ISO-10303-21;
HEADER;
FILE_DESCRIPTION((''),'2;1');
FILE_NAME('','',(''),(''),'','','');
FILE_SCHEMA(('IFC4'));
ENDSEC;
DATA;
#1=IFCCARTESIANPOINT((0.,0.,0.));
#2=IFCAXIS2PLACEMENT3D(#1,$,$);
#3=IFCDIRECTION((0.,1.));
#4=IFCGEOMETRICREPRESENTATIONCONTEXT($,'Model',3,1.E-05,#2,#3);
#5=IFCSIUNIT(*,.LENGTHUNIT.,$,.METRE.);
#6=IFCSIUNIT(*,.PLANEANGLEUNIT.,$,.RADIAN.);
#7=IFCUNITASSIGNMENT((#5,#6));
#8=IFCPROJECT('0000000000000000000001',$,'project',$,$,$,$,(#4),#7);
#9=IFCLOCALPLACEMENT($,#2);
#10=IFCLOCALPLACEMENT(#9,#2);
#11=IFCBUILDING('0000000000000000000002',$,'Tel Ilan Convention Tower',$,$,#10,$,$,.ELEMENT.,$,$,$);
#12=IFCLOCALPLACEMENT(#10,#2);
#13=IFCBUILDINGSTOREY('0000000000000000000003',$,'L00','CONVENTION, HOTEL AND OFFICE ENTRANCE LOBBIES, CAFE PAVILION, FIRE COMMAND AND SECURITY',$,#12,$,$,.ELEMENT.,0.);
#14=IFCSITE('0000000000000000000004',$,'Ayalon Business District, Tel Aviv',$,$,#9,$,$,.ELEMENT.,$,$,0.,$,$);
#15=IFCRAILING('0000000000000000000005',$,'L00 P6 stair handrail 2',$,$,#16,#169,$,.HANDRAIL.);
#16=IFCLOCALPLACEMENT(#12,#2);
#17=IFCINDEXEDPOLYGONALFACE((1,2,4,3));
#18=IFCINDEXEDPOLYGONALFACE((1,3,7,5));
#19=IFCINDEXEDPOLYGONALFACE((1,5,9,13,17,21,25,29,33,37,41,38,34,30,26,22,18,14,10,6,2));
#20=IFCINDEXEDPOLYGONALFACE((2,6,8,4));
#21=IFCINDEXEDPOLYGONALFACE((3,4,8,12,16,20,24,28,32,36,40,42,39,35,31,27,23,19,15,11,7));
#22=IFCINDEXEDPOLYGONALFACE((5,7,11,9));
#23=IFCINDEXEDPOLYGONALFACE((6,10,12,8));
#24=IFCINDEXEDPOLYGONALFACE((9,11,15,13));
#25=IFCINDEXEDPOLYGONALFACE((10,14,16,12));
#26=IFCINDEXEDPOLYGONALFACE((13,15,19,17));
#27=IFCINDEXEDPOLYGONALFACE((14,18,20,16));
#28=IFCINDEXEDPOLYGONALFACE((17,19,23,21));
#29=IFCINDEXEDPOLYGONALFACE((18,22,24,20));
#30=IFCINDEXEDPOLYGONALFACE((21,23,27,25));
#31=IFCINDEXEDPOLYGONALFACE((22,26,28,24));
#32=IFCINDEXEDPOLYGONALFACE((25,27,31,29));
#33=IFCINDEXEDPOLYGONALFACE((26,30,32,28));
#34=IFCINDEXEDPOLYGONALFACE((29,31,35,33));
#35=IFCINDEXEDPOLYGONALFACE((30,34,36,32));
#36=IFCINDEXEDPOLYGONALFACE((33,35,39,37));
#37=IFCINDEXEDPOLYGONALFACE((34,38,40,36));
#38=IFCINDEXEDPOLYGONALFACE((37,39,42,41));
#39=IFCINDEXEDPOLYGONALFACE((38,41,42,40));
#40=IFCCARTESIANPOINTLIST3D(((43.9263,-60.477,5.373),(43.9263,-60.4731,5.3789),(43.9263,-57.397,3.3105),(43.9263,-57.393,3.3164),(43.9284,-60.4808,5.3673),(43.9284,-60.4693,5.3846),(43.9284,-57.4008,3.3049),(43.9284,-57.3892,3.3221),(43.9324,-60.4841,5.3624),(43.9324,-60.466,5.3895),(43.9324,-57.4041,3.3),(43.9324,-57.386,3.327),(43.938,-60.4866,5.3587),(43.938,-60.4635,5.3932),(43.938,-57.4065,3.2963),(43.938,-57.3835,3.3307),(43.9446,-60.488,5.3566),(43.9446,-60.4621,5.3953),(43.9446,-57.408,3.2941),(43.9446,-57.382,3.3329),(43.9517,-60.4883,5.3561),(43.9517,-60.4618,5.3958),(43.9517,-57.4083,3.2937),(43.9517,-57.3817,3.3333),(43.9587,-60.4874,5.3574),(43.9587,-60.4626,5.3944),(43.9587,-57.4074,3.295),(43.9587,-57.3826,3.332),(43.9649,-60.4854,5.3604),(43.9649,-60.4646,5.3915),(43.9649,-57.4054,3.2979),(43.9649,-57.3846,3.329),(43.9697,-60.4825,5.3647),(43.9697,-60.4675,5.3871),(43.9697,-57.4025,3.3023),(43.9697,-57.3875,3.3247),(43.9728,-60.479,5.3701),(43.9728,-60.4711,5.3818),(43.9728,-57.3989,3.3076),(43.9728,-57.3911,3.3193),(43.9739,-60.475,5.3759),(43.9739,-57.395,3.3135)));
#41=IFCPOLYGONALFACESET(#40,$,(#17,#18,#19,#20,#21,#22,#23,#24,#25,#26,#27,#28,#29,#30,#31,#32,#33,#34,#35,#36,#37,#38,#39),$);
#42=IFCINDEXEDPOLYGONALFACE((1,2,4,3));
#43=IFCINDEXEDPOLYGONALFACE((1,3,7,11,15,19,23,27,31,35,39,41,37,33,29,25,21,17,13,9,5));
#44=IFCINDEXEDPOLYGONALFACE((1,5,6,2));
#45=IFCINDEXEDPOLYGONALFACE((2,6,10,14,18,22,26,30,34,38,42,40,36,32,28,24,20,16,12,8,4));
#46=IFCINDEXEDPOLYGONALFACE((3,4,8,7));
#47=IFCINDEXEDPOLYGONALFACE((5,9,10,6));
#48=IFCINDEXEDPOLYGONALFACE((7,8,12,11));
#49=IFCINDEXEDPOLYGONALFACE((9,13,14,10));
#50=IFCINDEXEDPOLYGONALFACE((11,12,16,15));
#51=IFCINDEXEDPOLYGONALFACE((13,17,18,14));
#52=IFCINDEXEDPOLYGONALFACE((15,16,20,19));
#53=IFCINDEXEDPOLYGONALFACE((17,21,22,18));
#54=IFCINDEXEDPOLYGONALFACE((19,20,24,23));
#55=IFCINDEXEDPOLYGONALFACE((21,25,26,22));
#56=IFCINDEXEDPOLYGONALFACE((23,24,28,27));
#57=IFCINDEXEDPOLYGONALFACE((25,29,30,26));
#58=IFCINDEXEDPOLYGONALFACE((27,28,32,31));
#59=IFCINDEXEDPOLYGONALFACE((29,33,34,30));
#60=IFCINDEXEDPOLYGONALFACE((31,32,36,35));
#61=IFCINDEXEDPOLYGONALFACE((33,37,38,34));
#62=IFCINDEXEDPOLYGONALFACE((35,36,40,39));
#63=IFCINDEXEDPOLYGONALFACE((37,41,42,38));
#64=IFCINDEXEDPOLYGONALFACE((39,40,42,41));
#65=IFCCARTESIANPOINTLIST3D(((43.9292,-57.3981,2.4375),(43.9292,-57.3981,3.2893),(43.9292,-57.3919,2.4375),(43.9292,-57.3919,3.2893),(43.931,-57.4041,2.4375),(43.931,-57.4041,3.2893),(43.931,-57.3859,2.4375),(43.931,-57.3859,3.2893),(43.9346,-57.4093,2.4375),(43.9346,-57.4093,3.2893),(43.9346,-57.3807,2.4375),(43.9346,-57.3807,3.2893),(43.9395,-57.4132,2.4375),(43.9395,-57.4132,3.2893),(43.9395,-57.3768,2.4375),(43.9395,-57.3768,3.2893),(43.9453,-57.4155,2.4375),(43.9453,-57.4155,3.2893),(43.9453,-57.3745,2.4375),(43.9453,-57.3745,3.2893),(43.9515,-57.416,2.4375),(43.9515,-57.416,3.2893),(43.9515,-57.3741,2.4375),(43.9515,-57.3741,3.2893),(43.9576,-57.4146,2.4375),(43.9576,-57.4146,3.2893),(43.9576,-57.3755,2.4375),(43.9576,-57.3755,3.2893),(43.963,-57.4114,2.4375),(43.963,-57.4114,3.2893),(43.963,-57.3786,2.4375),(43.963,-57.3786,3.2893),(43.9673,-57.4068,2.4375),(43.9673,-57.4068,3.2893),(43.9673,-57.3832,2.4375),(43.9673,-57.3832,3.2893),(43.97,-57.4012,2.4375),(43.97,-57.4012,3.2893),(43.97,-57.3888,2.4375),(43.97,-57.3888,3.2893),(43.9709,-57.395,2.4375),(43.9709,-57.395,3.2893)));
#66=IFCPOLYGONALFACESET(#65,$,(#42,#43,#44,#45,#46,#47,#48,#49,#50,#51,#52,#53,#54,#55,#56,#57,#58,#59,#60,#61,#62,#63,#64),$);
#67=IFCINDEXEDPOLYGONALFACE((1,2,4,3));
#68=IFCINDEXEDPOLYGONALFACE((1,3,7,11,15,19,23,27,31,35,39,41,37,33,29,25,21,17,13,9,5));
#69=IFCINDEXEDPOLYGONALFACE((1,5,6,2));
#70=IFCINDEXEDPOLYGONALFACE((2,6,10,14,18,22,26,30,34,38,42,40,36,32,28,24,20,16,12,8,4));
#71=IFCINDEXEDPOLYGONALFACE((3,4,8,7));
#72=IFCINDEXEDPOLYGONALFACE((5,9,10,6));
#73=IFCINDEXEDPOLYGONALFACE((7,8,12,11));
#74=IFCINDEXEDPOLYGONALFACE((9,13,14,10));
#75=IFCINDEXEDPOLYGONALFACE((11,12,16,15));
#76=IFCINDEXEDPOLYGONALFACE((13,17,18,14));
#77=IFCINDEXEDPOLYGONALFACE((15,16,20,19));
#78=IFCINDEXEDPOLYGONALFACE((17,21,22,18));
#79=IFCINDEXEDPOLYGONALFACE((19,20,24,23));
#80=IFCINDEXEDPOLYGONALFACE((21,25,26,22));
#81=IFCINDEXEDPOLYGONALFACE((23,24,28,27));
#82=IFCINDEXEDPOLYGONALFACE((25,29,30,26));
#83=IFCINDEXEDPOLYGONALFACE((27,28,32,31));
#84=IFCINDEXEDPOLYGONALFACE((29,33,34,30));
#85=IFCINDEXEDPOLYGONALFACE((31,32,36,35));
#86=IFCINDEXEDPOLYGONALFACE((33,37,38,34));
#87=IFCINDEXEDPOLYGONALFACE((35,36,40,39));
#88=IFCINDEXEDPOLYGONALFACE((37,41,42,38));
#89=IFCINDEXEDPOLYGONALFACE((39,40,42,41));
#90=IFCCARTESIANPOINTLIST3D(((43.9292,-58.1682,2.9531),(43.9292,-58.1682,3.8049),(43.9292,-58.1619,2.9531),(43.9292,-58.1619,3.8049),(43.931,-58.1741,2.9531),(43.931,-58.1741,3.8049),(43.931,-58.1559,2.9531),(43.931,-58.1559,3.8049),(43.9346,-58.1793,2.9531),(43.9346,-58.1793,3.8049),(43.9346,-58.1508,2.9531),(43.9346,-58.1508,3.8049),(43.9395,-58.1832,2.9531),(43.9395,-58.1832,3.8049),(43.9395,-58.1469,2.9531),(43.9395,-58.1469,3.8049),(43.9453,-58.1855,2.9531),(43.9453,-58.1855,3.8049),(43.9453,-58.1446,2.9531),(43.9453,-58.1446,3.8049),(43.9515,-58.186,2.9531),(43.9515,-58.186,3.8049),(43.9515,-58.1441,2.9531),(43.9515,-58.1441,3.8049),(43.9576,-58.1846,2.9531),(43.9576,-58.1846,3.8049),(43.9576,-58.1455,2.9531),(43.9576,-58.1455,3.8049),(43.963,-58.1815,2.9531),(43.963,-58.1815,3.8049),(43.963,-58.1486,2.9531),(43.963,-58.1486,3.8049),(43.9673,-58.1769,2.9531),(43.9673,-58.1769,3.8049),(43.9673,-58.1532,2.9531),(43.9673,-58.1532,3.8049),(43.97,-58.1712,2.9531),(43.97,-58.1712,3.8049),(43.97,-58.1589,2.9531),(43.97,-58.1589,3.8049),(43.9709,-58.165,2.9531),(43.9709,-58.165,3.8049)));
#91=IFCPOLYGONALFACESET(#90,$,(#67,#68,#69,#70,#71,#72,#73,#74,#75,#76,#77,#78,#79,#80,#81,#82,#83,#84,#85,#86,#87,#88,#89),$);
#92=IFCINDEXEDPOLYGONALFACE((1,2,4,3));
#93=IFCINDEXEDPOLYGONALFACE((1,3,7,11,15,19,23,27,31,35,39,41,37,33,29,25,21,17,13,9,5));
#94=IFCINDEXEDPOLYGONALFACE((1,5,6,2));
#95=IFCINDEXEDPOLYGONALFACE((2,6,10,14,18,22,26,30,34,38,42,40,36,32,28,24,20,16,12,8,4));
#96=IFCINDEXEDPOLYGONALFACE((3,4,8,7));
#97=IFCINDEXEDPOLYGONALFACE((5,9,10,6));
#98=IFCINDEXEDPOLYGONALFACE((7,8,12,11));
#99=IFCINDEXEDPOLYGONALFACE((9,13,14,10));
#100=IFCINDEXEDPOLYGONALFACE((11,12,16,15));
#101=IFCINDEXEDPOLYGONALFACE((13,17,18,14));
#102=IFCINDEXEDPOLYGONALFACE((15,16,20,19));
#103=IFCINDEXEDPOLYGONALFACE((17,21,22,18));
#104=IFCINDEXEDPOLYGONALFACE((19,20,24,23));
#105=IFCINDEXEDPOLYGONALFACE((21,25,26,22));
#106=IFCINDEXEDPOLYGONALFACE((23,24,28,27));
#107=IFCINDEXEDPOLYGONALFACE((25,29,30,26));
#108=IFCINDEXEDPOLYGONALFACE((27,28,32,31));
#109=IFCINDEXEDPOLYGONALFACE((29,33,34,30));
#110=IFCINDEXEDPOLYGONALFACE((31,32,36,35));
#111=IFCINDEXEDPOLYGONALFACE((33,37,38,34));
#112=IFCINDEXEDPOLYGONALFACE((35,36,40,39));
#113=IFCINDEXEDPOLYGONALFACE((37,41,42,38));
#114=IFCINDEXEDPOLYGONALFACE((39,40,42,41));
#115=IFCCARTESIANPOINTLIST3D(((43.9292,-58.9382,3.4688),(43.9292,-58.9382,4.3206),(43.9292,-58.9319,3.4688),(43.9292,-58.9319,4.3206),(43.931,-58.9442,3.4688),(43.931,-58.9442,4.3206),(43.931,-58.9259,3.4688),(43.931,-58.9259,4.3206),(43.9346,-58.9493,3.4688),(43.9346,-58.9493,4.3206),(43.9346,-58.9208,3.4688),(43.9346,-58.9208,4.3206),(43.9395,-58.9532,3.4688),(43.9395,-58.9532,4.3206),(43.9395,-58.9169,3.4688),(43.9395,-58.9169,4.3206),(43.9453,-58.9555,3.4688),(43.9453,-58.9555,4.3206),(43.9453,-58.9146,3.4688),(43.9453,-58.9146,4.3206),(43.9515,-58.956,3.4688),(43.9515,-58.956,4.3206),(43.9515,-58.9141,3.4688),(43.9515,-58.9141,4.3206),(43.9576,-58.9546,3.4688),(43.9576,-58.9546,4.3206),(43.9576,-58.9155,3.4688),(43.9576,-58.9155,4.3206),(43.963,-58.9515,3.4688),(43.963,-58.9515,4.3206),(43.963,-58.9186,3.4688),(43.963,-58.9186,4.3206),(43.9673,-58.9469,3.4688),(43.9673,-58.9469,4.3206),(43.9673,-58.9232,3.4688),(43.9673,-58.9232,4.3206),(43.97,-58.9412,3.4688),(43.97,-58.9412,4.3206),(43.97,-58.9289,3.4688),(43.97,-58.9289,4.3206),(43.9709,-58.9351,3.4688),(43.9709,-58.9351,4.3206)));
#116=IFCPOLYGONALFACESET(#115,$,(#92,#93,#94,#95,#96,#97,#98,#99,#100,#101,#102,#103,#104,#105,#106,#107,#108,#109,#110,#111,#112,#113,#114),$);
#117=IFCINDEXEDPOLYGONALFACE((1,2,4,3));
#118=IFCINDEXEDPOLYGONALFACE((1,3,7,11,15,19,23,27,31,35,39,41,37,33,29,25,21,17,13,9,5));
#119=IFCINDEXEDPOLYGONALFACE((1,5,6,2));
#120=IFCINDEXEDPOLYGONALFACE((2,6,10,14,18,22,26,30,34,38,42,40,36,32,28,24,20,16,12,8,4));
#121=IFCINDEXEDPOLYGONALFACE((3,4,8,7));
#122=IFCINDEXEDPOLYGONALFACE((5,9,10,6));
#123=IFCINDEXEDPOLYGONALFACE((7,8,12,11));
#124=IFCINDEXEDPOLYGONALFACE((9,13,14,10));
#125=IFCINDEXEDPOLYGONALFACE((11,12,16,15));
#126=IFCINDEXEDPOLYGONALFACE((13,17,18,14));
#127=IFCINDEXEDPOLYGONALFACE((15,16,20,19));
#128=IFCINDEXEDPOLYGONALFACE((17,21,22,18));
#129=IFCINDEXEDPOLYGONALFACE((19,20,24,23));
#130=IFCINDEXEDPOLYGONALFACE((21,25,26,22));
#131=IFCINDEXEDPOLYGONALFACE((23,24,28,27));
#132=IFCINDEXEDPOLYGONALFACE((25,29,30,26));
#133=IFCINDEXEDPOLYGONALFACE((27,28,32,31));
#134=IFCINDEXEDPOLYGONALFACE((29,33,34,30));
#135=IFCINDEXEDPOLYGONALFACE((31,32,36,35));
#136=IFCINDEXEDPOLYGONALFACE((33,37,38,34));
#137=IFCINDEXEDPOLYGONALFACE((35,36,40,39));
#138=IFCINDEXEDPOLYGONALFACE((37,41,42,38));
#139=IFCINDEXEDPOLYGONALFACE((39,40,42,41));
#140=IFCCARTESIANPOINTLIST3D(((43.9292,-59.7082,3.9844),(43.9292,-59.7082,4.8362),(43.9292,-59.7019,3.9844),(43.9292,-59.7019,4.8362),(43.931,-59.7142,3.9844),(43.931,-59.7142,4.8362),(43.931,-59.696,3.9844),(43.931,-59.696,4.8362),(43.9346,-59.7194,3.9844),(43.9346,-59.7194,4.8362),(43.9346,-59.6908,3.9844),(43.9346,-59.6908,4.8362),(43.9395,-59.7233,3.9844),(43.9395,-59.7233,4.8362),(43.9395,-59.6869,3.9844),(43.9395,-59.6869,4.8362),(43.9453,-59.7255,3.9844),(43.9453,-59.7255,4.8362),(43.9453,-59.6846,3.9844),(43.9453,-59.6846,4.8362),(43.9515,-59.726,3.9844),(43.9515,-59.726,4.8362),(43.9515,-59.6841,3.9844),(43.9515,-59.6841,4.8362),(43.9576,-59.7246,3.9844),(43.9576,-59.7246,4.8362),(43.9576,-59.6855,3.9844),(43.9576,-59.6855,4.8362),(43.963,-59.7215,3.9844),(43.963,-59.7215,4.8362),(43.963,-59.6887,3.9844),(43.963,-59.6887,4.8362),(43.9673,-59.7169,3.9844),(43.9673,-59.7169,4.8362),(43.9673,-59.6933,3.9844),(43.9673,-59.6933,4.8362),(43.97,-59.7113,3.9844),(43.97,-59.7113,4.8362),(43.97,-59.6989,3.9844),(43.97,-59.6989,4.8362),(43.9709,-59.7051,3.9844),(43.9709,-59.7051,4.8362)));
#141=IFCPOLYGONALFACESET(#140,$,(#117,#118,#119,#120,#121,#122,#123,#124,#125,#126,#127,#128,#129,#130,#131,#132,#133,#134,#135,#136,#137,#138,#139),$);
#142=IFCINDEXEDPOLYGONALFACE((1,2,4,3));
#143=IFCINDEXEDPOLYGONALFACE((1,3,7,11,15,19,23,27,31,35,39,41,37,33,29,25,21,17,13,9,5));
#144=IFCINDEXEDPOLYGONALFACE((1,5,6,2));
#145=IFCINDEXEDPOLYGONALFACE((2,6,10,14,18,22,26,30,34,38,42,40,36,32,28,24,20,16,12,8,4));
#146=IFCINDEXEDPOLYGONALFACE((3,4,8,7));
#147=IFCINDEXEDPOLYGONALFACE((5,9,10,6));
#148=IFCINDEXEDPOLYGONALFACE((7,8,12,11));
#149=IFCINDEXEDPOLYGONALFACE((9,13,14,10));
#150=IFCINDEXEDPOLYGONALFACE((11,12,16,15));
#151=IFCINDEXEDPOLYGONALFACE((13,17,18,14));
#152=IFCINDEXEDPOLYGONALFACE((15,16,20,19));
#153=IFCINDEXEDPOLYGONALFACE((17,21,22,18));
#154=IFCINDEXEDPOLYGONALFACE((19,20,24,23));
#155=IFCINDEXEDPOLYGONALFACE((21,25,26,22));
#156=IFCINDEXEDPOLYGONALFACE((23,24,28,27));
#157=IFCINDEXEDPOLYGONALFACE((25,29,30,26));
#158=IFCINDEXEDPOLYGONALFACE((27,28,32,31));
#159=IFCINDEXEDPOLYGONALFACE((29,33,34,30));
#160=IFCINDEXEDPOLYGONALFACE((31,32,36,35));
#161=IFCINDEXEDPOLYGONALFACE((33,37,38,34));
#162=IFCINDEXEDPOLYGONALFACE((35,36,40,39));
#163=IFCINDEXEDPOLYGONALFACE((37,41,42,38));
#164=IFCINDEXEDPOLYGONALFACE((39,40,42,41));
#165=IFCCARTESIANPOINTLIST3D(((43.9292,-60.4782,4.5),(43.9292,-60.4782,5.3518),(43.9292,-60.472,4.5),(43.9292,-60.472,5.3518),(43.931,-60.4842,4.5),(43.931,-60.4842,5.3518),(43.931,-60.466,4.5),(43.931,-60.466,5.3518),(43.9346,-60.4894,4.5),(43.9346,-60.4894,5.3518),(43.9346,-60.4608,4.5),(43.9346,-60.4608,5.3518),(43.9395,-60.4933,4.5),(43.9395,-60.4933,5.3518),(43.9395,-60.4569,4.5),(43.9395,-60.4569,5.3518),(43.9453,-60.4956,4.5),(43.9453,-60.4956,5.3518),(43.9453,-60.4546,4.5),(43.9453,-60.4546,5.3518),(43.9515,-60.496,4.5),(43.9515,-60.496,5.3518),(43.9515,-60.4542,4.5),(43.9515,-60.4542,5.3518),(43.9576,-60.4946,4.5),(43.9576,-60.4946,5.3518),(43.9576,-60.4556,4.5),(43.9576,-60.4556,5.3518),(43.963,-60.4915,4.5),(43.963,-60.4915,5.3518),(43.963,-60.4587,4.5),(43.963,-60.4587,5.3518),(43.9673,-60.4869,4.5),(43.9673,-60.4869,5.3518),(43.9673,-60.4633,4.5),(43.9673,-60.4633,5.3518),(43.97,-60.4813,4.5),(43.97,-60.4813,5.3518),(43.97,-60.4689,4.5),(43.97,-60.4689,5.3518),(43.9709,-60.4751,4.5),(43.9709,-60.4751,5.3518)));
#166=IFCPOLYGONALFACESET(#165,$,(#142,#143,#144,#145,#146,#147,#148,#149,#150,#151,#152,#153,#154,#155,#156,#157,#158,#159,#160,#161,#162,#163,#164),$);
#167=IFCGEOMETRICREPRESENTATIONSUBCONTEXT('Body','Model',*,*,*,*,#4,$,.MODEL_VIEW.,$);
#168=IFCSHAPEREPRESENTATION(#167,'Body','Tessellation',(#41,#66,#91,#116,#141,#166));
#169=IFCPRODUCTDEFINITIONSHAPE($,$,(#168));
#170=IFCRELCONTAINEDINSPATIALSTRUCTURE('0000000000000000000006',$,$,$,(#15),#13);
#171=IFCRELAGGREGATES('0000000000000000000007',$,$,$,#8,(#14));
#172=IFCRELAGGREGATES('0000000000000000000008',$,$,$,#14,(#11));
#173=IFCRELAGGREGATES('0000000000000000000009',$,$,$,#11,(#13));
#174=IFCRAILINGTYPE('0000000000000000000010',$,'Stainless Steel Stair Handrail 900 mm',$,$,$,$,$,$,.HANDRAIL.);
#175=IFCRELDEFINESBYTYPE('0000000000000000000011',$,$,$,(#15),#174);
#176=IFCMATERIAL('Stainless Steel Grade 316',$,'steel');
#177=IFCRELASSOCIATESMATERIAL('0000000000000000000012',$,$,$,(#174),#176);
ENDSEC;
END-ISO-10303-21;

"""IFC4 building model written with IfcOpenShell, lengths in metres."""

from ifc_helpers import new_model, si_unit, direction, frame, origin, origin_2d, place, context, subcontext, project, spatial, circle, extrude, material, type_object, element, save


model = new_model("IFC4")

# Units and contexts
model_context = context("Model", 3, precision=1e-05, world=origin(), true_north=direction((0.0, 1.0)))
body_context = subcontext(model_context, "Body", "Model", "MODEL_VIEW")
ifc_project = project(units=[si_unit("LENGTHUNIT", "METRE"), si_unit("PLANEANGLEUNIT", "RADIAN")], contexts=[model_context])

# Site, building, storey
site_placement = place(None, origin())
site = spatial("IfcSite", under=ifc_project, at=site_placement, Name="Ayalon Business District, Tel Aviv", CompositionType="ELEMENT", RefElevation=0.0)
building_placement = place(site_placement, origin())
building = spatial("IfcBuilding", under=site, at=building_placement, Name="Tel Ilan Convention Tower", CompositionType="ELEMENT")
storey_placement = place(building_placement, origin())
storey = spatial("IfcBuildingStorey", under=building, at=storey_placement, Name="L00", Description="CONVENTION, HOTEL AND OFFICE ENTRANCE LOBBIES, CAFE PAVILION, FIRE COMMAND AND SECURITY", CompositionType="ELEMENT", Elevation=0.0)

# Railing
ifc_material_1 = material(Name="Stainless Steel Grade 316", Category="steel")
railing_type_1 = type_object("IfcRailingType", Name="Stainless Steel Stair Handrail 900 mm", PredefinedType="HANDRAIL", material=ifc_material_1)
for number, where, name in (
    (1, (43.95, -57.395, 2.4375), "L00 P6 stair handrail 2"),
):
    element("IfcRailing", number, at=place(storey_placement, frame(where)), inside=storey, type_object=railing_type_1, Name=name, PredefinedType="HANDRAIL", context=body_context, shape_type="SweptSolid", body=[
        extrude(circle(Radius=0.0239, at=origin_2d()), frame((0.0, 0.0, 0.876), z_axis=(0.0, -0.830914, 0.556401), x_axis=(1.0, 0.0, 0.0)), (0.0, 0.0, 1.0), 3.7068),
        extrude(circle(Radius=0.021, at=origin_2d()), origin(), (0.0, 0.0, 1.0), 0.8518),
        extrude(circle(Radius=0.021, at=origin_2d()), frame((0.0, -0.77, 0.5156)), (0.0, 0.0, 1.0), 0.8518),
        extrude(circle(Radius=0.021, at=origin_2d()), frame((0.0, -1.54, 1.0312)), (0.0, 0.0, 1.0), 0.8518),
        extrude(circle(Radius=0.021, at=origin_2d()), frame((0.0, -2.3101, 1.5469)), (0.0, 0.0, 1.0), 0.8518),
        extrude(circle(Radius=0.021, at=origin_2d()), frame((0.0, -3.0801, 2.0625)), (0.0, 0.0, 1.0), 0.8518),
    ])

save(model, "model.ifc")
